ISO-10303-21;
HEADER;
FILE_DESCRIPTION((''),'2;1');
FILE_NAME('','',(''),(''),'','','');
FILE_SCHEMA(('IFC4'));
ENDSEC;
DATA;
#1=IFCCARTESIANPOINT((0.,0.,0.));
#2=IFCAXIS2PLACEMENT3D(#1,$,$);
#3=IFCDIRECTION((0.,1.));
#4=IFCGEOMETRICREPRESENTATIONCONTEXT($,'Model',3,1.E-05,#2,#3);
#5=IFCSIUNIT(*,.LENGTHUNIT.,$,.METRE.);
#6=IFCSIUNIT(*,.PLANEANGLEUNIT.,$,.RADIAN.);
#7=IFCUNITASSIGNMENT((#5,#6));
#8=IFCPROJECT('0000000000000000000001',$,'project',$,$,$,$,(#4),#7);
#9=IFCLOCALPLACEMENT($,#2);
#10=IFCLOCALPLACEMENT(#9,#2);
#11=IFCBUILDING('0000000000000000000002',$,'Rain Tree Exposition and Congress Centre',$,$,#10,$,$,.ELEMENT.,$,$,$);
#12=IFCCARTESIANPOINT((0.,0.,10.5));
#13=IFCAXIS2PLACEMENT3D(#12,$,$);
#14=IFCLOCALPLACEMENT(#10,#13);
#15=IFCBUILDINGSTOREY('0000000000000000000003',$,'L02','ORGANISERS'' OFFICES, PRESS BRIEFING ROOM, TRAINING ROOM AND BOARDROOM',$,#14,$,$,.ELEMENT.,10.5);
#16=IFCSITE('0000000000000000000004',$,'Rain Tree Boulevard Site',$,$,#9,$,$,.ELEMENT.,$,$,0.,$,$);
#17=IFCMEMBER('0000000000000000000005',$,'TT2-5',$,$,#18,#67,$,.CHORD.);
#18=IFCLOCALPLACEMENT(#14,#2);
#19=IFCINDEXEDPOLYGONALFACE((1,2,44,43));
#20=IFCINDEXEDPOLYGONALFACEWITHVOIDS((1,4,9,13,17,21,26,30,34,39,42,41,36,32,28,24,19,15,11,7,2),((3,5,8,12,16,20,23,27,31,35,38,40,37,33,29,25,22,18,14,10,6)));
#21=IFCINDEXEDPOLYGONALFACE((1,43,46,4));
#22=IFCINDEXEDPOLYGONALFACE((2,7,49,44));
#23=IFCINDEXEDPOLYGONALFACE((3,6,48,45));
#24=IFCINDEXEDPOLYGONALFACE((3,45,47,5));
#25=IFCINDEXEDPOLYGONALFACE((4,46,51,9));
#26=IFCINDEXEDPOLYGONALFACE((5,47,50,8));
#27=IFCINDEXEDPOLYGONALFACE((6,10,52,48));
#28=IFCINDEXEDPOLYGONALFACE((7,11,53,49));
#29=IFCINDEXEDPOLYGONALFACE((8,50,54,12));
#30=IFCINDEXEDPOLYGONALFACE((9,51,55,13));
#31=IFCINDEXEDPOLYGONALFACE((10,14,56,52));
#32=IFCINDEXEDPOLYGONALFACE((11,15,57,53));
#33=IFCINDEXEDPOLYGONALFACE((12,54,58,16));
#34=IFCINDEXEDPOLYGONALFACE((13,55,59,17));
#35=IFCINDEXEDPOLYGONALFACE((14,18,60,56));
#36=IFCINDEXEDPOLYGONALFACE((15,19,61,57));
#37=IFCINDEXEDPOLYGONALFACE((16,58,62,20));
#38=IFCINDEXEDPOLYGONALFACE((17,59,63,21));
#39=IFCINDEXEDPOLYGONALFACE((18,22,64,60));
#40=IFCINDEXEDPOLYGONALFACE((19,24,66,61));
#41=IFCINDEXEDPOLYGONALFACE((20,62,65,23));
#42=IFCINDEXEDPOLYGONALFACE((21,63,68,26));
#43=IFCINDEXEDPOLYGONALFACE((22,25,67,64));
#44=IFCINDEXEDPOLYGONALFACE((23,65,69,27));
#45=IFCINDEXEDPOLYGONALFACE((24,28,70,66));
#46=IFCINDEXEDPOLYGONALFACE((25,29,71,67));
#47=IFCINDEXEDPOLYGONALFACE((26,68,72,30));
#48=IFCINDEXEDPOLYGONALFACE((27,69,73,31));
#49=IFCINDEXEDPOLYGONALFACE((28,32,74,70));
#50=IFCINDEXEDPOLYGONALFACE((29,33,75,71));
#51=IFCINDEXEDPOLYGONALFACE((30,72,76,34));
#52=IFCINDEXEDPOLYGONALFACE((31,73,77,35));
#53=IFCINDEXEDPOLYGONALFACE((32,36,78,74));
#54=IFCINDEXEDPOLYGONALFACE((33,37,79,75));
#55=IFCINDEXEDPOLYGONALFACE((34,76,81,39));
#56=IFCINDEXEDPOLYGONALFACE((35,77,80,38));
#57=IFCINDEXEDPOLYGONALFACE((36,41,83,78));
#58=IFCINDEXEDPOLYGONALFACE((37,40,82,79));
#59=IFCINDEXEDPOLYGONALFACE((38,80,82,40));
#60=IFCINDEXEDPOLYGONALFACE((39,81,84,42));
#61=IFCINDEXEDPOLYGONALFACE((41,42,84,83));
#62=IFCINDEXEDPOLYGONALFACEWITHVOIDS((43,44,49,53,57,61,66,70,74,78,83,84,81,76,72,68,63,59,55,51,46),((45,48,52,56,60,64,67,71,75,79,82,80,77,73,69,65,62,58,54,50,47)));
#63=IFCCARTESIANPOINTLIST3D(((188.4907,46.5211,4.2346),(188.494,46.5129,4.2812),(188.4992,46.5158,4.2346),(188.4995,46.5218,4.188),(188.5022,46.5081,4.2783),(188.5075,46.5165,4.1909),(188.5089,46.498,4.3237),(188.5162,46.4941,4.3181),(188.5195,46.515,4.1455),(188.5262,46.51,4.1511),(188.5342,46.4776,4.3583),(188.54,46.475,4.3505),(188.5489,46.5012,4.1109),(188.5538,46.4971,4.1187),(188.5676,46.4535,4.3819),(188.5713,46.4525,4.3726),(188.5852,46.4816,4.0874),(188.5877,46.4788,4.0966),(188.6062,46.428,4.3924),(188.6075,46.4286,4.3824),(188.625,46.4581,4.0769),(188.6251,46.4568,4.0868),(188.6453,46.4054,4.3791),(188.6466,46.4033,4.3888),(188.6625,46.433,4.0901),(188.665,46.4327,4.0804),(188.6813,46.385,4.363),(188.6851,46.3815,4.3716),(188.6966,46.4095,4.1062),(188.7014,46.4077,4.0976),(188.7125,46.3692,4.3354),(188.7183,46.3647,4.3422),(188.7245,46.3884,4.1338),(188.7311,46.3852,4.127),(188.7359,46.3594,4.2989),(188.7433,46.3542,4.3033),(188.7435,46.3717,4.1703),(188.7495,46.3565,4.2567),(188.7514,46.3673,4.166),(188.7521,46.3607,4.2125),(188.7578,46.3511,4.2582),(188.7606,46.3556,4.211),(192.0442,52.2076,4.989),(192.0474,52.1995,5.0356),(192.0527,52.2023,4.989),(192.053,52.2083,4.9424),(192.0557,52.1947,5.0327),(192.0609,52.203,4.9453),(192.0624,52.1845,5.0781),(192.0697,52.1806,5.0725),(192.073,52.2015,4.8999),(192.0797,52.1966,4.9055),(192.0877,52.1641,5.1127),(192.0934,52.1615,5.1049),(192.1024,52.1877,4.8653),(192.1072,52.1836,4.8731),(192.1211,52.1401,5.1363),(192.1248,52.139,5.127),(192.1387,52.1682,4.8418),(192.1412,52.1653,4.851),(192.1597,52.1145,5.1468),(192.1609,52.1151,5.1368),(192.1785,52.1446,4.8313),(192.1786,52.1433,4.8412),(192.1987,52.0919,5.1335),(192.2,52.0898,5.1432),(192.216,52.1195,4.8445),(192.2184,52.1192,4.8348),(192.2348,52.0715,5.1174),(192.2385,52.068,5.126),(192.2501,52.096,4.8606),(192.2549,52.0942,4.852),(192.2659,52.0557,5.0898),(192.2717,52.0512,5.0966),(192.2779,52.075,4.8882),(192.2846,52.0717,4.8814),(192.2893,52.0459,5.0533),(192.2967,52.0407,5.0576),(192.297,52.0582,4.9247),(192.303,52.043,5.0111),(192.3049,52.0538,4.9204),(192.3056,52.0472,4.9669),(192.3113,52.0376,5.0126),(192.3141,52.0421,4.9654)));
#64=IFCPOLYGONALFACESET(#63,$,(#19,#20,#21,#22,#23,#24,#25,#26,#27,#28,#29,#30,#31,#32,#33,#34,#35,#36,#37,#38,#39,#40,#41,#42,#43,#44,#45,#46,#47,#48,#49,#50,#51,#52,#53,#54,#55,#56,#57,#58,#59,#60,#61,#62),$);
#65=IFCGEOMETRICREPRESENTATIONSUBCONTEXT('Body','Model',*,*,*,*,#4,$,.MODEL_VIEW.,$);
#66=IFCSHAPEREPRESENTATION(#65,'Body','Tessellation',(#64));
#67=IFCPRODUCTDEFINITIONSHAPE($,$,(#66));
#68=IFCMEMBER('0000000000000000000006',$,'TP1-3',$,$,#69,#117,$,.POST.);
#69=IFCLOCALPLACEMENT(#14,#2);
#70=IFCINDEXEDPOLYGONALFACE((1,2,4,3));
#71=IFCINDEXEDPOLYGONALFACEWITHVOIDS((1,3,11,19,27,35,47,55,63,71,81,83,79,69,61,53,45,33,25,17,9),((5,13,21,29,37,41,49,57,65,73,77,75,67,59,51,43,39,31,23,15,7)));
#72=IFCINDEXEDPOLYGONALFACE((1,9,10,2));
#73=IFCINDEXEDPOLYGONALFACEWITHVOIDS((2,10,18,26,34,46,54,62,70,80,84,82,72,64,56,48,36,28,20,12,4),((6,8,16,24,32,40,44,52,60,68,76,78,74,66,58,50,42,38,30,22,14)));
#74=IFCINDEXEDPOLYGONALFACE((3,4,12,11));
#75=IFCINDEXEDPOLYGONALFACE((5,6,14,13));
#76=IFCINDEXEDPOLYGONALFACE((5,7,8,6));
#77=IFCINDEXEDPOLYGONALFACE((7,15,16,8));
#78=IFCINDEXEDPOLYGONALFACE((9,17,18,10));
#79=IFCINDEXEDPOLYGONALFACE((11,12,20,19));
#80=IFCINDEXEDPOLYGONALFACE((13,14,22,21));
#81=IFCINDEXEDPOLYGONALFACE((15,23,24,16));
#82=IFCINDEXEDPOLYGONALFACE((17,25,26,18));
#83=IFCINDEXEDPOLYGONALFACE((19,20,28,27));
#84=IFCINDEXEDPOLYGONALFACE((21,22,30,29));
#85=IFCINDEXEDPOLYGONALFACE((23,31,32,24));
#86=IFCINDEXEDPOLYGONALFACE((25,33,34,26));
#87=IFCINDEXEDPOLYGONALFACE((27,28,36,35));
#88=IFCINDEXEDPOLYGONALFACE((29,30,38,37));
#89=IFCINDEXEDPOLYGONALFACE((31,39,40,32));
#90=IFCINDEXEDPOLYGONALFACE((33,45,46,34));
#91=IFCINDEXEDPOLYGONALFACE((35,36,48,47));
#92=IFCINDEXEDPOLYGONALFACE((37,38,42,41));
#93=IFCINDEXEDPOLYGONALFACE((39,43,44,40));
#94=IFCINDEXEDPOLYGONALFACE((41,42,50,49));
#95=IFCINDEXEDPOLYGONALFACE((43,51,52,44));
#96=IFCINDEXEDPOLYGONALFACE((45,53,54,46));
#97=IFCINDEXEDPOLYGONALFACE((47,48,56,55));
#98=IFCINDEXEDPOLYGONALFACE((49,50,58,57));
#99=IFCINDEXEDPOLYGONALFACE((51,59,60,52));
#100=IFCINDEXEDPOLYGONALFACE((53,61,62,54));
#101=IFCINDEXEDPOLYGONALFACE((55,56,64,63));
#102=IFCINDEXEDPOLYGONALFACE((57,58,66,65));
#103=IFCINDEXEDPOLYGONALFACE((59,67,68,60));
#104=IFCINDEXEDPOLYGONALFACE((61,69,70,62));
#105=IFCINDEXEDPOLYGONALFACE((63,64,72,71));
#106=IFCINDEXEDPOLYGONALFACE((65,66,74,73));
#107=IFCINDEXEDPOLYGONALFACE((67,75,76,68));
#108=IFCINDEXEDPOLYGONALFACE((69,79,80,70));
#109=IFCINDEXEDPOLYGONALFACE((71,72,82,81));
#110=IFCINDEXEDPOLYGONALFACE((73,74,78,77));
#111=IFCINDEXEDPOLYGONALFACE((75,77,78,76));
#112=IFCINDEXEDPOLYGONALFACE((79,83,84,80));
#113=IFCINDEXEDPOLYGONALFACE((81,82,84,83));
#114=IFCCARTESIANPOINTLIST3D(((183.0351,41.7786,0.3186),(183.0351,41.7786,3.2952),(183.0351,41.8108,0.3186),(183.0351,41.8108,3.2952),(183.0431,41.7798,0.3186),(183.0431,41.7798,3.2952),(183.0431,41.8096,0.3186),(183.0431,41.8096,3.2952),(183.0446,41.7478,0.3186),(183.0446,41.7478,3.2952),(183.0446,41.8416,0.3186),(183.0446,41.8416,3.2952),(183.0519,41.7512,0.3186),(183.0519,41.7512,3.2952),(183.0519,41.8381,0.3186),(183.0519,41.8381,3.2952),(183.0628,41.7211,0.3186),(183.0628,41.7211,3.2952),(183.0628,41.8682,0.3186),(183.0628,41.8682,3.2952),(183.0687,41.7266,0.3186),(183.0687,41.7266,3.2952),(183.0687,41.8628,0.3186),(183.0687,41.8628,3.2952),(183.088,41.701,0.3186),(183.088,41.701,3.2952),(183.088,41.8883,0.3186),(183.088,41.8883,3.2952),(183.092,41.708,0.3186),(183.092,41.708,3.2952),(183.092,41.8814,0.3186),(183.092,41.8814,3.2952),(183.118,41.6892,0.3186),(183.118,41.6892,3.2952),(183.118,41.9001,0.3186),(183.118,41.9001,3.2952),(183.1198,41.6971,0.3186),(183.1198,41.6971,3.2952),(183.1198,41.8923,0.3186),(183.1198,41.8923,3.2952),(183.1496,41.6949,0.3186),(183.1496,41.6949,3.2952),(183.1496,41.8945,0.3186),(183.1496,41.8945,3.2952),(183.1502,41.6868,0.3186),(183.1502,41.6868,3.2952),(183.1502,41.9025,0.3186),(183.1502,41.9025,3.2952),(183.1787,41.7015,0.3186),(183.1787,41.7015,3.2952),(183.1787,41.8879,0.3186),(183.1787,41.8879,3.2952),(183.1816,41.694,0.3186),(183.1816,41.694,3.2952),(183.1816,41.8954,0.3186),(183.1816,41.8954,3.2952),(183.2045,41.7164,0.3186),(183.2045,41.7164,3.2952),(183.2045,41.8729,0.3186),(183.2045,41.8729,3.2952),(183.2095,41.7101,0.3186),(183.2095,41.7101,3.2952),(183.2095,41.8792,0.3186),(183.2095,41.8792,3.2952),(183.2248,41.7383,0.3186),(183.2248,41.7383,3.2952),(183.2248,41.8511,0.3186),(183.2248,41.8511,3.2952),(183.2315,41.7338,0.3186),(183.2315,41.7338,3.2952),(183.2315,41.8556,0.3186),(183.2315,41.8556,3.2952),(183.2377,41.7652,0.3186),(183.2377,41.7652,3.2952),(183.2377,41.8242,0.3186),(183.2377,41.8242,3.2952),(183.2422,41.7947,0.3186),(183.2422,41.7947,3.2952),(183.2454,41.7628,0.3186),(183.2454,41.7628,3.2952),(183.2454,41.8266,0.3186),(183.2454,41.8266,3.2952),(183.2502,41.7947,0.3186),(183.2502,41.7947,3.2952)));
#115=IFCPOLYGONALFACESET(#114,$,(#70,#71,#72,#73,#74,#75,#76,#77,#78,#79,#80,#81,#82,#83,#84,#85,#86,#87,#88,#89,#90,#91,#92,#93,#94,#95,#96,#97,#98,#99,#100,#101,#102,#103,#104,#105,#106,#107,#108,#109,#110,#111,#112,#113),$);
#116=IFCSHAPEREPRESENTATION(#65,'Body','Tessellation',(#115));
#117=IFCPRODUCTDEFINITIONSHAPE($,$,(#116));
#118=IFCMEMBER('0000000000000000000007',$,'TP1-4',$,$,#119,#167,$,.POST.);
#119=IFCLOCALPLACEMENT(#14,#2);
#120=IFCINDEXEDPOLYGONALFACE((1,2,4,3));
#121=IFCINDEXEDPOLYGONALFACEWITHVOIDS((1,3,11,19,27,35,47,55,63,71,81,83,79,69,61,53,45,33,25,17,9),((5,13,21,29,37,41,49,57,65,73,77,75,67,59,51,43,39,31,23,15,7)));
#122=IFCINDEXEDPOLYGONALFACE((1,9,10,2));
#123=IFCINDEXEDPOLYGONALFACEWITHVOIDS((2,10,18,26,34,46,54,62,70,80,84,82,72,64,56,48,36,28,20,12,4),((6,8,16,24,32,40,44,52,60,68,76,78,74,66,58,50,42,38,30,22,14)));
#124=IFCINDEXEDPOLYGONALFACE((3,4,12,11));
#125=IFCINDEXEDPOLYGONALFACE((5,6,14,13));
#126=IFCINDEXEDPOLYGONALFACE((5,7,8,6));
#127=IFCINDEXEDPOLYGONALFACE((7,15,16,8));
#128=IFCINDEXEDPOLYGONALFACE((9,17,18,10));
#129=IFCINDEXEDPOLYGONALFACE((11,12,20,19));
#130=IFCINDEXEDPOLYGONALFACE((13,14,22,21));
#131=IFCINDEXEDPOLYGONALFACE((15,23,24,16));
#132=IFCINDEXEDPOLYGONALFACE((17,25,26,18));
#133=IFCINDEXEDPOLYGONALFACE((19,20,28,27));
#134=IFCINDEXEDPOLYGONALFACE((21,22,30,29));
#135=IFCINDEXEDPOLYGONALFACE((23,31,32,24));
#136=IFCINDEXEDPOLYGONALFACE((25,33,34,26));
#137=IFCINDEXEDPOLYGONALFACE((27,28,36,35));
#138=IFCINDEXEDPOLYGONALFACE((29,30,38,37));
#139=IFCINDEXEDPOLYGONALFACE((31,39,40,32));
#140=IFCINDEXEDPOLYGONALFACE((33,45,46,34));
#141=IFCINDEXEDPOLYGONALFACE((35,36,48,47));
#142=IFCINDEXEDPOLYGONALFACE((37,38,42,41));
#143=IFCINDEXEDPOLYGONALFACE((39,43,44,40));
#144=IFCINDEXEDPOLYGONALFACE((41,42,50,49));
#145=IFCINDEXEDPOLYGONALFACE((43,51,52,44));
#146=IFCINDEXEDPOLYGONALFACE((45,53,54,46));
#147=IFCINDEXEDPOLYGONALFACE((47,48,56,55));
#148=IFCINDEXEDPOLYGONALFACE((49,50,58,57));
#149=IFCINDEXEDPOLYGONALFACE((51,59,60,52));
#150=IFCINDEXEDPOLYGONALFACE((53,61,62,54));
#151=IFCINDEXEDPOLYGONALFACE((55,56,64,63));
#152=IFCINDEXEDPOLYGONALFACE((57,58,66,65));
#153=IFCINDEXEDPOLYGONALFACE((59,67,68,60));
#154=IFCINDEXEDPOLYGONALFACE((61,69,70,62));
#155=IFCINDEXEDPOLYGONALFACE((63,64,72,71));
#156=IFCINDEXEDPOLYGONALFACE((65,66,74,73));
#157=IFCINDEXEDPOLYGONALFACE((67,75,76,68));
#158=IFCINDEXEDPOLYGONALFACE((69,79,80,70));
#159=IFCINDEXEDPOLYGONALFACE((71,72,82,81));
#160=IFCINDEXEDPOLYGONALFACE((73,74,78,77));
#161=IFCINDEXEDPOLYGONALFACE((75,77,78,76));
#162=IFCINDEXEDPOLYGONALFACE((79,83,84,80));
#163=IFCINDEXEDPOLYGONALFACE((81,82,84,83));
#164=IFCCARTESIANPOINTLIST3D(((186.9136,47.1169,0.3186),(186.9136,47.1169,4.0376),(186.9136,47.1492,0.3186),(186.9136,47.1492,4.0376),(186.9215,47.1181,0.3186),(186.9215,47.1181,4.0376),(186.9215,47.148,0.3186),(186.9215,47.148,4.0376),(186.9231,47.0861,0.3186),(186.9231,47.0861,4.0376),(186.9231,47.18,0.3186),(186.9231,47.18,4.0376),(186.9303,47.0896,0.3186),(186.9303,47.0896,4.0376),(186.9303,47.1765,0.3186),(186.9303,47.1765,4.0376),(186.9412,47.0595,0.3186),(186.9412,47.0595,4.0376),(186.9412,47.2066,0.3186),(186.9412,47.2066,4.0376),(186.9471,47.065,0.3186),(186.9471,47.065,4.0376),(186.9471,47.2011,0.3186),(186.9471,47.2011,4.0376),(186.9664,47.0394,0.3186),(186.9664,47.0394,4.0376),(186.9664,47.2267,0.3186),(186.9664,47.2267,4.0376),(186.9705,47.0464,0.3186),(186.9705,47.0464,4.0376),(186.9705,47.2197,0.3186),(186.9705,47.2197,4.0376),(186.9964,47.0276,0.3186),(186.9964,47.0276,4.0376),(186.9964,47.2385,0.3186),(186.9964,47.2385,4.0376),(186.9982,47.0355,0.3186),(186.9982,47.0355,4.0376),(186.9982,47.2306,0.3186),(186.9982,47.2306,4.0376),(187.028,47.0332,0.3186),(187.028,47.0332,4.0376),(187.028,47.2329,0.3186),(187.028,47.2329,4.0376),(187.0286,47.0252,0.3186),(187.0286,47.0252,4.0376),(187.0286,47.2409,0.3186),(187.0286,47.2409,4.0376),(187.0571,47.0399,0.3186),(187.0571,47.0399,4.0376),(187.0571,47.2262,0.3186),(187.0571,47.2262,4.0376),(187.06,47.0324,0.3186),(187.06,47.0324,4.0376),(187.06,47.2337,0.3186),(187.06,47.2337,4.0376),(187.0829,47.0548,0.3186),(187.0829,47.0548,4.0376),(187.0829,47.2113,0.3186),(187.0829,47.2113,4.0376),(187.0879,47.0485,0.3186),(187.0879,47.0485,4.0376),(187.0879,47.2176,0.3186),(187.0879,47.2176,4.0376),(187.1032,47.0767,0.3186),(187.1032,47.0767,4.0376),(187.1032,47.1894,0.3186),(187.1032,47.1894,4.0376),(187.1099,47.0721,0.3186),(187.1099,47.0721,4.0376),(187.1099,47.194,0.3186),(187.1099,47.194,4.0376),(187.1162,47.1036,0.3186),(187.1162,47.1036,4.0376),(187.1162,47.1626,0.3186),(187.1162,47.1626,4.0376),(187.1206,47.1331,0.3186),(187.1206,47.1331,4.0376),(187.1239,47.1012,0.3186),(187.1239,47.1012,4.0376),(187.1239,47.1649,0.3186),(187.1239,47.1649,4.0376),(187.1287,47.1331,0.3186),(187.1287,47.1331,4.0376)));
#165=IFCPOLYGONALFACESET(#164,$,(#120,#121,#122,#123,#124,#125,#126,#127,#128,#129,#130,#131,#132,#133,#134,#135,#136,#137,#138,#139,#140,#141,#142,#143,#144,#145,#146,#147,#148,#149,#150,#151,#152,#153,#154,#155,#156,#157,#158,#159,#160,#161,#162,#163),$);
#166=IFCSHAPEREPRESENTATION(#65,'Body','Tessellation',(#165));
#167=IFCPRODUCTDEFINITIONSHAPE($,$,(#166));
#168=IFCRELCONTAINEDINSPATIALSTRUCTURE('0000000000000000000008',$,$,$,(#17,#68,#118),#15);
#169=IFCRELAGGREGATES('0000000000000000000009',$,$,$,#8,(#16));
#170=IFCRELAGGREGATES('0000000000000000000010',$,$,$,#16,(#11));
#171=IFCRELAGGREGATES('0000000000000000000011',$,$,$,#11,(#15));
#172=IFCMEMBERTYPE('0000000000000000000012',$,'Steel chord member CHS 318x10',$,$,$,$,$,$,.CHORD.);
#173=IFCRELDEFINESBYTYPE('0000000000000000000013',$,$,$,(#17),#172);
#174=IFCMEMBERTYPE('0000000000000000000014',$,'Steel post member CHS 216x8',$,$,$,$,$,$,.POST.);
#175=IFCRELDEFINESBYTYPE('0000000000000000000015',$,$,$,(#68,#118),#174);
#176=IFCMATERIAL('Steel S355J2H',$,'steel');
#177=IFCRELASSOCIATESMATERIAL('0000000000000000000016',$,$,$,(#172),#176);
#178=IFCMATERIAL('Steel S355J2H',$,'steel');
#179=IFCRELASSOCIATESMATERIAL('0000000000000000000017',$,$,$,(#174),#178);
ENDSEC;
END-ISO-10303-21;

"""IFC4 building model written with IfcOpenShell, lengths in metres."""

from ifc_helpers import new_model, si_unit, direction, frame, origin, origin_2d, place, context, subcontext, project, spatial, hollow_circle, extrude, material, material_profile, profile_set, type_object, element, save


model = new_model("IFC4")

# Units and contexts
model_context = context("Model", 3, precision=1e-05, world=origin(), true_north=direction((0.0, 1.0)))
body_context = subcontext(model_context, "Body", "Model", "MODEL_VIEW")
ifc_project = project(units=[si_unit("LENGTHUNIT", "METRE"), si_unit("PLANEANGLEUNIT", "RADIAN")], contexts=[model_context])

# Site, building, storey
site_placement = place(None, origin())
site = spatial("IfcSite", under=ifc_project, at=site_placement, Name="Rain Tree Boulevard Site", CompositionType="ELEMENT", RefElevation=0.0)
building_placement = place(site_placement, origin())
building = spatial("IfcBuilding", under=site, at=building_placement, Name="Rain Tree Exposition and Congress Centre", CompositionType="ELEMENT")
storey_placement = place(building_placement, frame((0.0, 0.0, 10.5)))
storey = spatial("IfcBuildingStorey", under=building, at=storey_placement, Name="L02", Description="ORGANISERS' OFFICES, PRESS BRIEFING ROOM, TRAINING ROOM AND BOARDROOM", CompositionType="ELEMENT", Elevation=10.5)

# Members
ifc_material_1 = material(Name="Steel S355J2H", Category="steel")
ifc_material_profile_1 = material_profile(ifc_material_1, hollow_circle(Radius=0.1592, WallThickness=0.01, at=origin_2d()), Name="CHS 318x10")
ifc_profile_set_1 = profile_set([ifc_material_profile_1], Name="Steel S355J2H")
member_type_1 = type_object("IfcMemberType", Name="Steel chord member CHS 318x10", PredefinedType="CHORD", material=ifc_profile_set_1)
member_1_placement = place(storey_placement, frame((188.6257, 46.4368, 4.2346), z_axis=(0.526611, 0.842723, 0.111799), x_axis=(-0.848039, 0.529933, 0.0)))
element("IfcMember", 1, at=member_1_placement, inside=storey, type_object=member_type_1, Name="TT2-5", PredefinedType="CHORD", context=body_context, shape_type="SweptSolid", body=[
    extrude(hollow_circle(Radius=0.1592, WallThickness=0.01, at=origin_2d()), origin(), (0.0, 0.0, 1.0), 6.7478),
])
ifc_material_2 = material(Name="Steel S355J2H", Category="steel")
ifc_material_profile_2 = material_profile(ifc_material_2, hollow_circle(Radius=0.1082, WallThickness=0.0081, at=origin_2d()), Name="CHS 216x8")
ifc_profile_set_2 = profile_set([ifc_material_profile_2], Name="Steel S355J2H")
member_type_2 = type_object("IfcMemberType", Name="Steel post member CHS 216x8", PredefinedType="POST", material=ifc_profile_set_2)
member_2_placement = place(storey_placement, frame((183.1421, 41.7947, 0.3186), z_axis=(0.0, 0.0, 1.0), x_axis=(1.0, 0.0, 0.0)))
element("IfcMember", 2, at=member_2_placement, inside=storey, type_object=member_type_2, Name="TP1-3", PredefinedType="POST", context=body_context, shape_type="SweptSolid", body=[
    extrude(hollow_circle(Radius=0.1082, WallThickness=0.0081, at=origin_2d()), origin(), (0.0, 0.0, 1.0), 2.9766),
])
member_3_placement = place(storey_placement, frame((187.0205, 47.1331, 0.3186), z_axis=(0.0, 0.0, 1.0), x_axis=(1.0, 0.0, 0.0)))
element("IfcMember", 3, at=member_3_placement, inside=storey, type_object=member_type_2, Name="TP1-4", PredefinedType="POST", context=body_context, shape_type="SweptSolid", body=[
    extrude(hollow_circle(Radius=0.1082, WallThickness=0.0081, at=origin_2d()), origin(), (0.0, 0.0, 1.0), 3.719),
])

save(model, "model.ifc")
